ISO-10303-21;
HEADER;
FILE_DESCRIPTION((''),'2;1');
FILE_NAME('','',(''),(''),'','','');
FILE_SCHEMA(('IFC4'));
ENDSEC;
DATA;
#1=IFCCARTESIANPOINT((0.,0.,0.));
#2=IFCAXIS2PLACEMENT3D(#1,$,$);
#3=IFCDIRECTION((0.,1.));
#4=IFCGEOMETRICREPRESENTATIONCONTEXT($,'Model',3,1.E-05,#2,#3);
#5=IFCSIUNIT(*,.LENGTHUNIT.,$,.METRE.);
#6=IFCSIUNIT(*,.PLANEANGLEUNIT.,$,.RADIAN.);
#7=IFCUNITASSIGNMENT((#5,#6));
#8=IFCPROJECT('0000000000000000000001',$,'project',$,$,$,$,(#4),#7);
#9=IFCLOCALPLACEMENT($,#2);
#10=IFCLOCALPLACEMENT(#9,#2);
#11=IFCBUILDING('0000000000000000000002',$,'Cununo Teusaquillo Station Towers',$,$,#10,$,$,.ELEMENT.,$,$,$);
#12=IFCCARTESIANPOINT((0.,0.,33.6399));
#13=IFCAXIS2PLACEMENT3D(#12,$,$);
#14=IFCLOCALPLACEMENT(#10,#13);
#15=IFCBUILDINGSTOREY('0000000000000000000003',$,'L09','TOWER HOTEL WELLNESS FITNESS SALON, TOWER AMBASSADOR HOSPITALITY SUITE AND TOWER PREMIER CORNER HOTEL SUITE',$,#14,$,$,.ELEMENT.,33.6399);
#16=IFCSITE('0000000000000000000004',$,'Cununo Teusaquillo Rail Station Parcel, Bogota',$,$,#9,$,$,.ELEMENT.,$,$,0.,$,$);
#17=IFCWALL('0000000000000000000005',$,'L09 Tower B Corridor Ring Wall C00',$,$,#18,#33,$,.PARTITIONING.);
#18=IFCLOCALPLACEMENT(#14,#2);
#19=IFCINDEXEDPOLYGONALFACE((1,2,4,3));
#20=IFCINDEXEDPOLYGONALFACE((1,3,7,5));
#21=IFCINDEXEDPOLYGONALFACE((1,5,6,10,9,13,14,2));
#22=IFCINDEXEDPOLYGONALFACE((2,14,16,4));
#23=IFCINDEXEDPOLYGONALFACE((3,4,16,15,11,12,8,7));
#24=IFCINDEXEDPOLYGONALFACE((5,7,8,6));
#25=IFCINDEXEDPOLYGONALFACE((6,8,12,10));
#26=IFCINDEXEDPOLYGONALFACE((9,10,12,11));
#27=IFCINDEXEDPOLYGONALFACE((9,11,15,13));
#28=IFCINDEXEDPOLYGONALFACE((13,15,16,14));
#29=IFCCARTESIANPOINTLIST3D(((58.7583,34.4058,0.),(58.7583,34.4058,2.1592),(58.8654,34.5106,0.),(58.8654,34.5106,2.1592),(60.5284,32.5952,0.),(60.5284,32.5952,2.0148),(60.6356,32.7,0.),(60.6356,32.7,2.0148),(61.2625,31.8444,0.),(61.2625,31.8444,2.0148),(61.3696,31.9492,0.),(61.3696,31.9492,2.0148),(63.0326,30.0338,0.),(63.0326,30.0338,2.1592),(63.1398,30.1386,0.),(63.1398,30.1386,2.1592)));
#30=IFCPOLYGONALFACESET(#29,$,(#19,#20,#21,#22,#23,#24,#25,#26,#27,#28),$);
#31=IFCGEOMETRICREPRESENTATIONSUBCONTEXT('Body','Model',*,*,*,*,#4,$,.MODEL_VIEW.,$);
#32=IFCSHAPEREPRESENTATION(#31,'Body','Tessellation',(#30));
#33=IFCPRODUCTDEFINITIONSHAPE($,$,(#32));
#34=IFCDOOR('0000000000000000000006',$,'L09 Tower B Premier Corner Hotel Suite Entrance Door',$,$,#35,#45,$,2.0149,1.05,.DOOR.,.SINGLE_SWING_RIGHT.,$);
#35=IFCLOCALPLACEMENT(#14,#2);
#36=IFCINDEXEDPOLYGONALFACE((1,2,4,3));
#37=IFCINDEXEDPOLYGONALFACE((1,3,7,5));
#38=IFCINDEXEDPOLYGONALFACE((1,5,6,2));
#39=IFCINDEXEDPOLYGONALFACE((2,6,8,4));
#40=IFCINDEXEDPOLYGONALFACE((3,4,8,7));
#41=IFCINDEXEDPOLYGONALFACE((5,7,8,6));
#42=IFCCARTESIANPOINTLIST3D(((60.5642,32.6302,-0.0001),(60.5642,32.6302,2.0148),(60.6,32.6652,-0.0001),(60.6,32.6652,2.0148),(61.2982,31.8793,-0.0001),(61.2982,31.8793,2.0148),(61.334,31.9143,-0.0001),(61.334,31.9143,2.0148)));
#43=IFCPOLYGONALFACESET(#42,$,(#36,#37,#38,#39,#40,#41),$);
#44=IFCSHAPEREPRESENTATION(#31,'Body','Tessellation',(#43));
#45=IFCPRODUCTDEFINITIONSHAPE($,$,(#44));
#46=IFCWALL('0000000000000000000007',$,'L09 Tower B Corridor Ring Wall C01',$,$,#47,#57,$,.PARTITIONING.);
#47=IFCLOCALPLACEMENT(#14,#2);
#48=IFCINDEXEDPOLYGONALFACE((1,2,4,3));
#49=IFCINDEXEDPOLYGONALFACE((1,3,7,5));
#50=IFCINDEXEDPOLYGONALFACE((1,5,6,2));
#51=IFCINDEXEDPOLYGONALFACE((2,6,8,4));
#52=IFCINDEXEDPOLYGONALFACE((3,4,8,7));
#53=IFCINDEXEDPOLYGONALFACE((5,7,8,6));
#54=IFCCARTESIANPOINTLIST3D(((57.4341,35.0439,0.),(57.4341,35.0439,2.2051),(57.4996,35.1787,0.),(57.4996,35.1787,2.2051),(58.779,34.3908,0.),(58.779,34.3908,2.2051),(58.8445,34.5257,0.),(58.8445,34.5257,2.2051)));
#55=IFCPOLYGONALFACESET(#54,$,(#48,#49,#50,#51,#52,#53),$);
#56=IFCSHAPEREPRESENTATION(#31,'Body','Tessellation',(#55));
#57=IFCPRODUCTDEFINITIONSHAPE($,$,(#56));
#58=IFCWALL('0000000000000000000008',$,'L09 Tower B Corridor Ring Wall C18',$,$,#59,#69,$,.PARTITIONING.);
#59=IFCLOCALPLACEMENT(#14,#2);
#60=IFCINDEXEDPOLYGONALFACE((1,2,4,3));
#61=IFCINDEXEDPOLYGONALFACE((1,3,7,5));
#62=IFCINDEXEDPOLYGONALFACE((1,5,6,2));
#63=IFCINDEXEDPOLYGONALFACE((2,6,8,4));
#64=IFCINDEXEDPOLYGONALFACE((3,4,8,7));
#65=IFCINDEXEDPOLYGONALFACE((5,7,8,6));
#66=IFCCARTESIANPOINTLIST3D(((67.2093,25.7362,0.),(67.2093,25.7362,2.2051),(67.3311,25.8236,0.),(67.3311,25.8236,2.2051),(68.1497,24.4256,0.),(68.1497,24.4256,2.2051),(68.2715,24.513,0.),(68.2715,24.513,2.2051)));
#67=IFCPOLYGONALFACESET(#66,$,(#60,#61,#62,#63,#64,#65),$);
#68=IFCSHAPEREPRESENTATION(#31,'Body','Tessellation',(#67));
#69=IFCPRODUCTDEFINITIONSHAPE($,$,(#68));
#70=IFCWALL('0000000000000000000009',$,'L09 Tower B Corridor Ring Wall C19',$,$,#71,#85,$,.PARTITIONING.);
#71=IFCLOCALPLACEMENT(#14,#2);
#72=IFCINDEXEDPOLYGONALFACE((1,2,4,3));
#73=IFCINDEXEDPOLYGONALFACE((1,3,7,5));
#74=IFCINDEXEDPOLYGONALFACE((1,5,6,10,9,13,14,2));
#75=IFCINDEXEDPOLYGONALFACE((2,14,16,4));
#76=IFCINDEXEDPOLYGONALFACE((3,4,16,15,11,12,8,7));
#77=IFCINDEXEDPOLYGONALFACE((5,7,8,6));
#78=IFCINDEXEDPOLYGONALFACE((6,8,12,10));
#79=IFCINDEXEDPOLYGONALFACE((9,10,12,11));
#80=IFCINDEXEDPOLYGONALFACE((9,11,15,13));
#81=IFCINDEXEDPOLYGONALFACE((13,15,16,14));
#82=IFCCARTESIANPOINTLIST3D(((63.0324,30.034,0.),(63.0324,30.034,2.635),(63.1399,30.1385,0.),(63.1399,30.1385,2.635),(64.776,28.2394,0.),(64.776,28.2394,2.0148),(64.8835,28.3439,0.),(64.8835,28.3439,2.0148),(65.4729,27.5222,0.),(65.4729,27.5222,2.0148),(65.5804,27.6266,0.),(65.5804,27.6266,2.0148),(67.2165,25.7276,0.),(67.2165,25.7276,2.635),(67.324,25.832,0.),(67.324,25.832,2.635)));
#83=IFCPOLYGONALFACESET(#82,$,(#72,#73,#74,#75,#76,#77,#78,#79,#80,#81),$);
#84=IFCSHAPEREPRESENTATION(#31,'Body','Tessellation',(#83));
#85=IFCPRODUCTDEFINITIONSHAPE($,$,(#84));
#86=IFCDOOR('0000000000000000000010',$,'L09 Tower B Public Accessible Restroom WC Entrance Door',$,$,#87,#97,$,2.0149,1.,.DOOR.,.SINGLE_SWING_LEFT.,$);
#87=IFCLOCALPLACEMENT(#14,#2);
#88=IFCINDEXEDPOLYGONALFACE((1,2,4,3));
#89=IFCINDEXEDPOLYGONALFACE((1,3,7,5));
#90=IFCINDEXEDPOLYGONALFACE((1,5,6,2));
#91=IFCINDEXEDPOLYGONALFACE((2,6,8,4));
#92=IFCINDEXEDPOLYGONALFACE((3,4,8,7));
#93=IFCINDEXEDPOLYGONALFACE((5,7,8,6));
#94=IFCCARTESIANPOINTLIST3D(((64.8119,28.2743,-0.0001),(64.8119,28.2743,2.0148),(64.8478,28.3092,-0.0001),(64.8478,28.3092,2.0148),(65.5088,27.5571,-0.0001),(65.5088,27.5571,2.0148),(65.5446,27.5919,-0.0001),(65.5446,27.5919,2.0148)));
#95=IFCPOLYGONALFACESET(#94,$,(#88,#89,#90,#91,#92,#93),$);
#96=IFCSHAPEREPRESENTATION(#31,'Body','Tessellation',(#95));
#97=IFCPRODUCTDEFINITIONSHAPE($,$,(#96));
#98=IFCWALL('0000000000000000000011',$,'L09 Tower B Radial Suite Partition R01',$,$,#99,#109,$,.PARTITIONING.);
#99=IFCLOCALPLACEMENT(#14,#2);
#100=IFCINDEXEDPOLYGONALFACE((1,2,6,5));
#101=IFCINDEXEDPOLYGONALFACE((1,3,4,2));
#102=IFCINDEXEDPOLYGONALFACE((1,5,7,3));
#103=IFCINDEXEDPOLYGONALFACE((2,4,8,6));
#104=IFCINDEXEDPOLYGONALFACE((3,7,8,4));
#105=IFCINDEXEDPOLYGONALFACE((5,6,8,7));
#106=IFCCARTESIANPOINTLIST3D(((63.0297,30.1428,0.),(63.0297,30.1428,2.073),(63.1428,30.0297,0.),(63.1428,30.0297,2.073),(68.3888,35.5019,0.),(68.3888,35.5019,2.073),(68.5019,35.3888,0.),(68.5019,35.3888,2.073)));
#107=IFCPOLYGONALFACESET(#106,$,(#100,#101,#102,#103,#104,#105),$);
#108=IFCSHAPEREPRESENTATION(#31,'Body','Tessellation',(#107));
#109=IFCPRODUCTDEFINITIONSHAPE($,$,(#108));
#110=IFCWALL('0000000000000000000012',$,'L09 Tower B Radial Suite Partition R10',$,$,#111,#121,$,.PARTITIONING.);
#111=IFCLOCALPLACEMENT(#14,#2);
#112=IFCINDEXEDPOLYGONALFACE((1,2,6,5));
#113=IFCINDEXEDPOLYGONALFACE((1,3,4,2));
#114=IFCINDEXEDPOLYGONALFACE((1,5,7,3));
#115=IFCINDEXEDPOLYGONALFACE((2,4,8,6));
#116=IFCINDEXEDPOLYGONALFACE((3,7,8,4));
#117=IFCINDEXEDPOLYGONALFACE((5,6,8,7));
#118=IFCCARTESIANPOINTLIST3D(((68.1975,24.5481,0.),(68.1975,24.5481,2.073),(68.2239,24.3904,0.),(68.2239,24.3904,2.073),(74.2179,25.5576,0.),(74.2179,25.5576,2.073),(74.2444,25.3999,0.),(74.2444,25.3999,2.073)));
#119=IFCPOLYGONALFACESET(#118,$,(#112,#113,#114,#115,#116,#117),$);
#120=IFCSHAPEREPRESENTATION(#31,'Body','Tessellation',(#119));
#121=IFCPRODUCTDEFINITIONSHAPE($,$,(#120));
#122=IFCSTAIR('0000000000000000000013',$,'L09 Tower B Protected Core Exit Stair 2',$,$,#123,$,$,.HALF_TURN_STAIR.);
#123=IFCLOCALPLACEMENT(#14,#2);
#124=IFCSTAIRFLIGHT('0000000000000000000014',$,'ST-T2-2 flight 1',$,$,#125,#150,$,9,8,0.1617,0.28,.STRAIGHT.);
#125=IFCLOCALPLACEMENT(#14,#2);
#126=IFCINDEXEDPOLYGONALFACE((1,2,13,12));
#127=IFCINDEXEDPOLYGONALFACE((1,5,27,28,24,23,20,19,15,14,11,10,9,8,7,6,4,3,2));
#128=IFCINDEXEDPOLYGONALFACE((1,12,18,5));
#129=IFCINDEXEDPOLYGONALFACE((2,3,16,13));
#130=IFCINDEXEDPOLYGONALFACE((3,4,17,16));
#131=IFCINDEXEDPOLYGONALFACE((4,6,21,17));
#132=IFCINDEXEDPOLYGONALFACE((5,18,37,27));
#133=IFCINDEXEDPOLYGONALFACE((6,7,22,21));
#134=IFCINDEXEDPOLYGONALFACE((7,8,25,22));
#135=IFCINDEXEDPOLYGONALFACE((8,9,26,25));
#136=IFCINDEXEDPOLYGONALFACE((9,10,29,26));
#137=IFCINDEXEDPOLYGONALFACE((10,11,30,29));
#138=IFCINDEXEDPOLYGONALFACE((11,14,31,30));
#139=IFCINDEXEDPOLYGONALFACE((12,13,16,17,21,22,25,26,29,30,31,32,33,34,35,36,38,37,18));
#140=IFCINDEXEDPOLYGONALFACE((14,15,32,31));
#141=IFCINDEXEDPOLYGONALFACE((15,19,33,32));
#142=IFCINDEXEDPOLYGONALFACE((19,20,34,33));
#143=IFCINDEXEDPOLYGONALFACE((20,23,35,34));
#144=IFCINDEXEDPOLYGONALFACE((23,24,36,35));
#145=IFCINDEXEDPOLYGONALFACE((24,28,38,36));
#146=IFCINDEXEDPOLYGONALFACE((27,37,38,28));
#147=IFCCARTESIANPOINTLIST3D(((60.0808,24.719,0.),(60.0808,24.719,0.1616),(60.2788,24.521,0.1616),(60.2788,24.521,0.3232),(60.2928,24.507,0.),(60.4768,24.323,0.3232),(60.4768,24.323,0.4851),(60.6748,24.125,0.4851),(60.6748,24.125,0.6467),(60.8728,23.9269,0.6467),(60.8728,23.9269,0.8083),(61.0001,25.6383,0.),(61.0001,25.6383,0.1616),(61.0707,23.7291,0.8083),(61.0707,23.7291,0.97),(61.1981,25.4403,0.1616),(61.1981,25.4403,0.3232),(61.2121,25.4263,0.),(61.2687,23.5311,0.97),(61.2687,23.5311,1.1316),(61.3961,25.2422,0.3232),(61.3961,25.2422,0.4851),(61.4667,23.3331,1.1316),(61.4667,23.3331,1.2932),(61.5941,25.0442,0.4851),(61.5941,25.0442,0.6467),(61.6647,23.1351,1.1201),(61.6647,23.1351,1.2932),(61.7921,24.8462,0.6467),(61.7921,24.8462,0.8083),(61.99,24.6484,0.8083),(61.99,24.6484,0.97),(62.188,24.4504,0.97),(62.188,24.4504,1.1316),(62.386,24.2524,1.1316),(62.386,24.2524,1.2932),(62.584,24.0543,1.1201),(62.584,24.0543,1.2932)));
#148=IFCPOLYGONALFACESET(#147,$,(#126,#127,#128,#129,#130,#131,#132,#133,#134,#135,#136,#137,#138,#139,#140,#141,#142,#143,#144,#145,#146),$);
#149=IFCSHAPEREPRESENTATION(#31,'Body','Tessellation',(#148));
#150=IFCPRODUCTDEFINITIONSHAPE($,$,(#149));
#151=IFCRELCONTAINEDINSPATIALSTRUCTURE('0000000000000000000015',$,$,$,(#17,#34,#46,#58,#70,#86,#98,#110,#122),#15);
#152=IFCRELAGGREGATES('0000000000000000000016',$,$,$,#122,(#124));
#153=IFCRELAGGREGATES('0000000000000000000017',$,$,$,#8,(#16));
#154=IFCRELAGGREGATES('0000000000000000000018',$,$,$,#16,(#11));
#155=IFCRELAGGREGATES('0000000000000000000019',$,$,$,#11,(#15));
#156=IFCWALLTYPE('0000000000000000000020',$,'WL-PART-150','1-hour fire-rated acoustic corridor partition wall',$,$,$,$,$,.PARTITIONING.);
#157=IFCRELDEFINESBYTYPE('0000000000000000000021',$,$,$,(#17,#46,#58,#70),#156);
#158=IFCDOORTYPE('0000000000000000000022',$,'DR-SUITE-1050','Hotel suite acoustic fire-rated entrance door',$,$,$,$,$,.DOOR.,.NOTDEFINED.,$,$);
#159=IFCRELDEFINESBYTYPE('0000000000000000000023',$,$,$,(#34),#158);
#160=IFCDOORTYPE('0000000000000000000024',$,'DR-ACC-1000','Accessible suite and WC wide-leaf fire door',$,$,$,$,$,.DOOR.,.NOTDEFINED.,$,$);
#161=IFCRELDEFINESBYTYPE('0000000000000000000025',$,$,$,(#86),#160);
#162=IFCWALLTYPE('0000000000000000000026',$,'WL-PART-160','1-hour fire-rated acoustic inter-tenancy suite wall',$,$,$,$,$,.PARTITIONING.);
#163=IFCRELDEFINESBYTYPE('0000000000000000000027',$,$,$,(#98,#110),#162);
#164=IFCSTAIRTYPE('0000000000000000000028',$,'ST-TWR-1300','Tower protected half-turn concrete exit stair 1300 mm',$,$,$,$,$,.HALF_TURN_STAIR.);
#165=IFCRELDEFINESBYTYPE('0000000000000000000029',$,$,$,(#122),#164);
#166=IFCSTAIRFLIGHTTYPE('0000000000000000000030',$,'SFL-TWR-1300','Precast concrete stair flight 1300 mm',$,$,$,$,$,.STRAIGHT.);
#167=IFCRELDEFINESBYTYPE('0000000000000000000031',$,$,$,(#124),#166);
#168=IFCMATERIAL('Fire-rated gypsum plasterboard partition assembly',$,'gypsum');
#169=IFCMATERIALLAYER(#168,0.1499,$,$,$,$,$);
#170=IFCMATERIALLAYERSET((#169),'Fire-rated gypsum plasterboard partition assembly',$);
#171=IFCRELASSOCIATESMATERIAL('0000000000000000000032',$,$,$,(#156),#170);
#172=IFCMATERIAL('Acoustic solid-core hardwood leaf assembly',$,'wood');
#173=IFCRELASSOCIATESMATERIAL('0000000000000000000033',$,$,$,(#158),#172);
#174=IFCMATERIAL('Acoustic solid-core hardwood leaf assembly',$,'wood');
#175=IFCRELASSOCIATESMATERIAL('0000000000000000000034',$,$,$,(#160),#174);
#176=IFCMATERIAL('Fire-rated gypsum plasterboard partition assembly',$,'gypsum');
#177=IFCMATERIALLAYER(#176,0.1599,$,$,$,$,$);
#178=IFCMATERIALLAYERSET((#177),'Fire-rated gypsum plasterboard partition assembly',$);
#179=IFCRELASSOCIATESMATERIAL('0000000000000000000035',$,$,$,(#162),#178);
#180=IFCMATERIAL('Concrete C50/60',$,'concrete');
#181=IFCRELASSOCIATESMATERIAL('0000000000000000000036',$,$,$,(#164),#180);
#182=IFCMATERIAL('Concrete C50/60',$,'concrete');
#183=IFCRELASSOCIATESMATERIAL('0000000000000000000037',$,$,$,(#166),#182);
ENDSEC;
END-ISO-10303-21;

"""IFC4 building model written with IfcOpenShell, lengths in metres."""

from ifc_helpers import new_model, si_unit, direction, frame, frame_2d, origin, place, context, subcontext, project, spatial, polyline, rectangle, outline, extrude, source, transform, mapped, material, layer, layer_set, type_object, element, fill, aggregate, save


model = new_model("IFC4")

# Units and contexts
model_context = context("Model", 3, precision=1e-05, world=origin(), true_north=direction((0.0, 1.0)))
body_context = subcontext(model_context, "Body", "Model", "MODEL_VIEW")
ifc_project = project(units=[si_unit("LENGTHUNIT", "METRE"), si_unit("PLANEANGLEUNIT", "RADIAN")], contexts=[model_context])

# Site, building, storey
site_placement = place(None, origin())
site = spatial("IfcSite", under=ifc_project, at=site_placement, Name="Cununo Teusaquillo Rail Station Parcel, Bogota", CompositionType="ELEMENT", RefElevation=0.0)
building_placement = place(site_placement, origin())
building = spatial("IfcBuilding", under=site, at=building_placement, Name="Cununo Teusaquillo Station Towers", CompositionType="ELEMENT")
storey_placement = place(building_placement, frame((0.0, 0.0, 33.6399)))
storey = spatial("IfcBuildingStorey", under=building, at=storey_placement, Name="L09", Description="TOWER HOTEL WELLNESS FITNESS SALON, TOWER AMBASSADOR HOSPITALITY SUITE AND TOWER PREMIER CORNER HOTEL SUITE", CompositionType="ELEMENT", Elevation=33.6399)

# Wall, opening, door
ifc_material_1 = material(Name="Fire-rated gypsum plasterboard partition assembly", Category="gypsum")
ifc_layer_1 = layer(ifc_material_1, 0.1499)
ifc_layer_set_1 = layer_set([ifc_layer_1], Name="Fire-rated gypsum plasterboard partition assembly")
wall_type_1 = type_object("IfcWallType", Name="WL-PART-150", Description="1-hour fire-rated acoustic corridor partition wall", PredefinedType="PARTITIONING", material=ifc_layer_set_1)
wall_1_placement = place(storey_placement, frame((63.0862, 30.0862, 0.0), z_axis=(0.0, 0.0, 1.0), x_axis=(-0.699076, 0.715047, 0.0)))
wall_1 = element("IfcWall", 1, at=wall_1_placement, inside=storey, type_object=wall_type_1, Name="L09 Tower B Corridor Ring Wall C00", PredefinedType="PARTITIONING", context=body_context, shape_type="SweptSolid", body=[
    extrude(rectangle(XDim=6.1143, YDim=0.1499, at=frame_2d((3.0571, 0.0))), origin(), (0.0, 0.0, 1.0), 2.1592),
])
shared_shape_1 = source(origin(), body_context, "Body", "SweptSolid", [
    extrude(rectangle(XDim=1.05, YDim=2.0149, at=frame_2d((0.5249, 1.0073))), frame((0.0, 0.085, 0.0), z_axis=(0.0, -1.0, 0.0), x_axis=(1.0, 0.0, 0.0)), (0.0, 0.0, 1.0), 0.1699),
])
opening_1_placement = place(wall_1_placement, frame((2.5322, 0.0, 0.0)))
opening_1 = element("IfcOpeningElement", 2, at=opening_1_placement, cuts=wall_1, PredefinedType="OPENING", context=body_context, shape_type="MappedRepresentation", body=[
    mapped(shared_shape_1, transform((0.0, 0.0, 0.0), x_axis=(1.0, 0.0, 0.0), y_axis=(0.0, 1.0, 0.0), z_axis=(0.0, 0.0, 1.0), scale=1.0)),
])
ifc_material_2 = material(Name="Acoustic solid-core hardwood leaf assembly", Category="wood")
door_type_1 = type_object("IfcDoorType", Name="DR-SUITE-1050", Description="Hotel suite acoustic fire-rated entrance door", OperationType="NOTDEFINED", PredefinedType="DOOR", material=ifc_material_2)
shared_shape_2 = source(origin(), body_context, "Body", "SweptSolid", [
    extrude(rectangle(XDim=1.05, YDim=2.0149, at=frame_2d((0.5249, 1.0073))), frame((0.0, 0.0249, 0.0), z_axis=(0.0, -1.0, 0.0), x_axis=(1.0, 0.0, 0.0)), (0.0, 0.0, 1.0), 0.05),
])
door_1_placement = place(opening_1_placement, origin())
door_1 = element("IfcDoor", 3, at=door_1_placement, inside=storey, type_object=door_type_1, Name="L09 Tower B Premier Corner Hotel Suite Entrance Door", OperationType="SINGLE_SWING_RIGHT", OverallHeight=2.0149, OverallWidth=1.05, PredefinedType="DOOR", context=body_context, shape_type="MappedRepresentation", body=[
    mapped(shared_shape_2, transform((0.0, 0.0, 0.0), x_axis=(1.0, 0.0, 0.0), y_axis=(0.0, 1.0, 0.0), z_axis=(0.0, 0.0, 1.0), scale=1.0)),
])
fill(opening_1, door_1)

# Walls
wall_2_placement = place(storey_placement, frame((58.8118, 34.4583, 0.0), z_axis=(0.0, 0.0, 1.0), x_axis=(-0.899559, 0.436798, 0.0)))
element("IfcWall", 4, at=wall_2_placement, inside=storey, type_object=wall_type_1, Name="L09 Tower B Corridor Ring Wall C01", PredefinedType="PARTITIONING", context=body_context, shape_type="SweptSolid", body=[
    extrude(rectangle(XDim=1.4951, YDim=0.1499, at=frame_2d((0.7476, 0.0))), origin(), (0.0, 0.0, 1.0), 2.2051),
])
wall_3_placement = place(storey_placement, frame((68.2107, 24.4692, 0.0), z_axis=(0.0, 0.0, 1.0), x_axis=(-0.583012, 0.812463, 0.0)))
element("IfcWall", 5, at=wall_3_placement, inside=storey, type_object=wall_type_1, Name="L09 Tower B Corridor Ring Wall C18", PredefinedType="PARTITIONING", context=body_context, shape_type="SweptSolid", body=[
    extrude(rectangle(XDim=1.613, YDim=0.1499, at=frame_2d((0.8066, 0.0))), origin(), (0.0, 0.0, 1.0), 2.2051),
])

# Wall, opening, door
wall_4_placement = place(storey_placement, frame((67.2703, 25.7798, 0.0), z_axis=(0.0, 0.0, 1.0), x_axis=(-0.696848, 0.717219, 0.0)))
wall_4 = element("IfcWall", 6, at=wall_4_placement, inside=storey, type_object=wall_type_1, Name="L09 Tower B Corridor Ring Wall C19", PredefinedType="PARTITIONING", context=body_context, shape_type="SweptSolid", body=[
    extrude(rectangle(XDim=6.0044, YDim=0.1499, at=frame_2d((3.0022, 0.0))), origin(), (0.0, 0.0, 1.0), 2.635),
])
shared_shape_3 = source(origin(), body_context, "Body", "SweptSolid", [
    extrude(rectangle(XDim=1.0, YDim=2.0149, at=frame_2d((0.5, 1.0073))), frame((0.0, 0.085, 0.0), z_axis=(0.0, -1.0, 0.0), x_axis=(1.0, 0.0, 0.0)), (0.0, 0.0, 1.0), 0.1699),
])
opening_2_placement = place(wall_4_placement, frame((2.5022, 0.0, 0.0)))
opening_2 = element("IfcOpeningElement", 7, at=opening_2_placement, cuts=wall_4, PredefinedType="OPENING", context=body_context, shape_type="MappedRepresentation", body=[
    mapped(shared_shape_3, transform((0.0, 0.0, 0.0), x_axis=(1.0, 0.0, 0.0), y_axis=(0.0, 1.0, 0.0), z_axis=(0.0, 0.0, 1.0), scale=1.0)),
])
ifc_material_3 = material(Name="Acoustic solid-core hardwood leaf assembly", Category="wood")
door_type_2 = type_object("IfcDoorType", Name="DR-ACC-1000", Description="Accessible suite and WC wide-leaf fire door", OperationType="NOTDEFINED", PredefinedType="DOOR", material=ifc_material_3)
shared_shape_4 = source(origin(), body_context, "Body", "SweptSolid", [
    extrude(rectangle(XDim=1.0, YDim=2.0149, at=frame_2d((0.5, 1.0073))), frame((0.0, 0.0249, 0.0), z_axis=(0.0, -1.0, 0.0), x_axis=(1.0, 0.0, 0.0)), (0.0, 0.0, 1.0), 0.05),
])
door_2_placement = place(opening_2_placement, origin())
door_2 = element("IfcDoor", 8, at=door_2_placement, inside=storey, type_object=door_type_2, Name="L09 Tower B Public Accessible Restroom WC Entrance Door", OperationType="SINGLE_SWING_LEFT", OverallHeight=2.0149, OverallWidth=1.0, PredefinedType="DOOR", context=body_context, shape_type="MappedRepresentation", body=[
    mapped(shared_shape_4, transform((0.0, 0.0, 0.0), x_axis=(1.0, 0.0, 0.0), y_axis=(0.0, 1.0, 0.0), z_axis=(0.0, 0.0, 1.0), scale=1.0)),
])
fill(opening_2, door_2)

# Walls
ifc_material_4 = material(Name="Fire-rated gypsum plasterboard partition assembly", Category="gypsum")
ifc_layer_2 = layer(ifc_material_4, 0.1599)
ifc_layer_set_2 = layer_set([ifc_layer_2], Name="Fire-rated gypsum plasterboard partition assembly")
wall_type_2 = type_object("IfcWallType", Name="WL-PART-160", Description="1-hour fire-rated acoustic inter-tenancy suite wall", PredefinedType="PARTITIONING", material=ifc_layer_set_2)
wall_5_placement = place(storey_placement, frame((63.0862, 30.0862, 0.0), z_axis=(0.0, 0.0, 1.0), x_axis=(0.707107, 0.707107, 0.0)))
element("IfcWall", 9, at=wall_5_placement, inside=storey, type_object=wall_type_2, Name="L09 Tower B Radial Suite Partition R01", PredefinedType="PARTITIONING", context=body_context, shape_type="SweptSolid", body=[
    extrude(rectangle(XDim=7.5789, YDim=0.1599, at=frame_2d((3.7896, 0.0))), origin(), (0.0, 0.0, 1.0), 2.073),
])
wall_6_placement = place(storey_placement, frame((68.2107, 24.4692, 0.0), z_axis=(0.0, 0.0, 1.0), x_axis=(0.986231, 0.165372, 0.0)))
element("IfcWall", 10, at=wall_6_placement, inside=storey, type_object=wall_type_2, Name="L09 Tower B Radial Suite Partition R10", PredefinedType="PARTITIONING", context=body_context, shape_type="SweptSolid", body=[
    extrude(rectangle(XDim=6.1045, YDim=0.1599, at=frame_2d((3.0522, 0.0))), origin(), (0.0, 0.0, 1.0), 2.073),
])

# Stair, stair flight
ifc_material_5 = material(Name="Concrete C50/60", Category="concrete")
stair_type = type_object("IfcStairType", Name="ST-TWR-1300", Description="Tower protected half-turn concrete exit stair 1300 mm", PredefinedType="HALF_TURN_STAIR", material=ifc_material_5)
stair_placement = place(storey_placement, origin())
stair = element("IfcStair", 11, at=stair_placement, inside=storey, type_object=stair_type, Name="L09 Tower B Protected Core Exit Stair 2", PredefinedType="HALF_TURN_STAIR")
ifc_material_6 = material(Name="Concrete C50/60", Category="concrete")
stair_flight_type = type_object("IfcStairFlightType", Name="SFL-TWR-1300", Description="Precast concrete stair flight 1300 mm", PredefinedType="STRAIGHT", material=ifc_material_6)
stair_flight_1_placement = place(storey_placement, frame((60.5405, 25.1787, 0.0), z_axis=(0.0, 0.0, 1.0), x_axis=(0.707107, -0.707107, 0.0)))
stair_flight_1 = element("IfcStairFlight", 12, at=stair_flight_1_placement, type_object=stair_flight_type, Name="ST-T2-2 flight 1", NumberOfRisers=9, NumberOfTreads=8, PredefinedType="STRAIGHT", RiserHeight=0.1617, TreadLength=0.28, context=body_context, shape_type="SweptSolid", body=[
    extrude(outline(polyline([(0.0, 0.0), (0.0, 0.1616), (0.28, 0.1616), (0.28, 0.3232), (0.5601, 0.3232), (0.5601, 0.4851), (0.8401, 0.4851), (0.8401, 0.6467), (1.1201, 0.6467), (1.1201, 0.8083), (1.3999, 0.8083), (1.3999, 0.97), (1.6799, 0.97), (1.6799, 1.1316), (1.96, 1.1316), (1.96, 1.2932), (2.24, 1.2932), (2.24, 1.4551), (2.24, 1.1201), (0.2998, 0.0), (0.0, 0.0)])), frame((0.0, 0.6499, 0.0), z_axis=(0.0, -1.0, 0.0), x_axis=(1.0, 0.0, 0.0)), (0.0, 0.0, 1.0), 1.3),
])
aggregate(stair, [stair_flight_1])

save(model, "model.ifc")
